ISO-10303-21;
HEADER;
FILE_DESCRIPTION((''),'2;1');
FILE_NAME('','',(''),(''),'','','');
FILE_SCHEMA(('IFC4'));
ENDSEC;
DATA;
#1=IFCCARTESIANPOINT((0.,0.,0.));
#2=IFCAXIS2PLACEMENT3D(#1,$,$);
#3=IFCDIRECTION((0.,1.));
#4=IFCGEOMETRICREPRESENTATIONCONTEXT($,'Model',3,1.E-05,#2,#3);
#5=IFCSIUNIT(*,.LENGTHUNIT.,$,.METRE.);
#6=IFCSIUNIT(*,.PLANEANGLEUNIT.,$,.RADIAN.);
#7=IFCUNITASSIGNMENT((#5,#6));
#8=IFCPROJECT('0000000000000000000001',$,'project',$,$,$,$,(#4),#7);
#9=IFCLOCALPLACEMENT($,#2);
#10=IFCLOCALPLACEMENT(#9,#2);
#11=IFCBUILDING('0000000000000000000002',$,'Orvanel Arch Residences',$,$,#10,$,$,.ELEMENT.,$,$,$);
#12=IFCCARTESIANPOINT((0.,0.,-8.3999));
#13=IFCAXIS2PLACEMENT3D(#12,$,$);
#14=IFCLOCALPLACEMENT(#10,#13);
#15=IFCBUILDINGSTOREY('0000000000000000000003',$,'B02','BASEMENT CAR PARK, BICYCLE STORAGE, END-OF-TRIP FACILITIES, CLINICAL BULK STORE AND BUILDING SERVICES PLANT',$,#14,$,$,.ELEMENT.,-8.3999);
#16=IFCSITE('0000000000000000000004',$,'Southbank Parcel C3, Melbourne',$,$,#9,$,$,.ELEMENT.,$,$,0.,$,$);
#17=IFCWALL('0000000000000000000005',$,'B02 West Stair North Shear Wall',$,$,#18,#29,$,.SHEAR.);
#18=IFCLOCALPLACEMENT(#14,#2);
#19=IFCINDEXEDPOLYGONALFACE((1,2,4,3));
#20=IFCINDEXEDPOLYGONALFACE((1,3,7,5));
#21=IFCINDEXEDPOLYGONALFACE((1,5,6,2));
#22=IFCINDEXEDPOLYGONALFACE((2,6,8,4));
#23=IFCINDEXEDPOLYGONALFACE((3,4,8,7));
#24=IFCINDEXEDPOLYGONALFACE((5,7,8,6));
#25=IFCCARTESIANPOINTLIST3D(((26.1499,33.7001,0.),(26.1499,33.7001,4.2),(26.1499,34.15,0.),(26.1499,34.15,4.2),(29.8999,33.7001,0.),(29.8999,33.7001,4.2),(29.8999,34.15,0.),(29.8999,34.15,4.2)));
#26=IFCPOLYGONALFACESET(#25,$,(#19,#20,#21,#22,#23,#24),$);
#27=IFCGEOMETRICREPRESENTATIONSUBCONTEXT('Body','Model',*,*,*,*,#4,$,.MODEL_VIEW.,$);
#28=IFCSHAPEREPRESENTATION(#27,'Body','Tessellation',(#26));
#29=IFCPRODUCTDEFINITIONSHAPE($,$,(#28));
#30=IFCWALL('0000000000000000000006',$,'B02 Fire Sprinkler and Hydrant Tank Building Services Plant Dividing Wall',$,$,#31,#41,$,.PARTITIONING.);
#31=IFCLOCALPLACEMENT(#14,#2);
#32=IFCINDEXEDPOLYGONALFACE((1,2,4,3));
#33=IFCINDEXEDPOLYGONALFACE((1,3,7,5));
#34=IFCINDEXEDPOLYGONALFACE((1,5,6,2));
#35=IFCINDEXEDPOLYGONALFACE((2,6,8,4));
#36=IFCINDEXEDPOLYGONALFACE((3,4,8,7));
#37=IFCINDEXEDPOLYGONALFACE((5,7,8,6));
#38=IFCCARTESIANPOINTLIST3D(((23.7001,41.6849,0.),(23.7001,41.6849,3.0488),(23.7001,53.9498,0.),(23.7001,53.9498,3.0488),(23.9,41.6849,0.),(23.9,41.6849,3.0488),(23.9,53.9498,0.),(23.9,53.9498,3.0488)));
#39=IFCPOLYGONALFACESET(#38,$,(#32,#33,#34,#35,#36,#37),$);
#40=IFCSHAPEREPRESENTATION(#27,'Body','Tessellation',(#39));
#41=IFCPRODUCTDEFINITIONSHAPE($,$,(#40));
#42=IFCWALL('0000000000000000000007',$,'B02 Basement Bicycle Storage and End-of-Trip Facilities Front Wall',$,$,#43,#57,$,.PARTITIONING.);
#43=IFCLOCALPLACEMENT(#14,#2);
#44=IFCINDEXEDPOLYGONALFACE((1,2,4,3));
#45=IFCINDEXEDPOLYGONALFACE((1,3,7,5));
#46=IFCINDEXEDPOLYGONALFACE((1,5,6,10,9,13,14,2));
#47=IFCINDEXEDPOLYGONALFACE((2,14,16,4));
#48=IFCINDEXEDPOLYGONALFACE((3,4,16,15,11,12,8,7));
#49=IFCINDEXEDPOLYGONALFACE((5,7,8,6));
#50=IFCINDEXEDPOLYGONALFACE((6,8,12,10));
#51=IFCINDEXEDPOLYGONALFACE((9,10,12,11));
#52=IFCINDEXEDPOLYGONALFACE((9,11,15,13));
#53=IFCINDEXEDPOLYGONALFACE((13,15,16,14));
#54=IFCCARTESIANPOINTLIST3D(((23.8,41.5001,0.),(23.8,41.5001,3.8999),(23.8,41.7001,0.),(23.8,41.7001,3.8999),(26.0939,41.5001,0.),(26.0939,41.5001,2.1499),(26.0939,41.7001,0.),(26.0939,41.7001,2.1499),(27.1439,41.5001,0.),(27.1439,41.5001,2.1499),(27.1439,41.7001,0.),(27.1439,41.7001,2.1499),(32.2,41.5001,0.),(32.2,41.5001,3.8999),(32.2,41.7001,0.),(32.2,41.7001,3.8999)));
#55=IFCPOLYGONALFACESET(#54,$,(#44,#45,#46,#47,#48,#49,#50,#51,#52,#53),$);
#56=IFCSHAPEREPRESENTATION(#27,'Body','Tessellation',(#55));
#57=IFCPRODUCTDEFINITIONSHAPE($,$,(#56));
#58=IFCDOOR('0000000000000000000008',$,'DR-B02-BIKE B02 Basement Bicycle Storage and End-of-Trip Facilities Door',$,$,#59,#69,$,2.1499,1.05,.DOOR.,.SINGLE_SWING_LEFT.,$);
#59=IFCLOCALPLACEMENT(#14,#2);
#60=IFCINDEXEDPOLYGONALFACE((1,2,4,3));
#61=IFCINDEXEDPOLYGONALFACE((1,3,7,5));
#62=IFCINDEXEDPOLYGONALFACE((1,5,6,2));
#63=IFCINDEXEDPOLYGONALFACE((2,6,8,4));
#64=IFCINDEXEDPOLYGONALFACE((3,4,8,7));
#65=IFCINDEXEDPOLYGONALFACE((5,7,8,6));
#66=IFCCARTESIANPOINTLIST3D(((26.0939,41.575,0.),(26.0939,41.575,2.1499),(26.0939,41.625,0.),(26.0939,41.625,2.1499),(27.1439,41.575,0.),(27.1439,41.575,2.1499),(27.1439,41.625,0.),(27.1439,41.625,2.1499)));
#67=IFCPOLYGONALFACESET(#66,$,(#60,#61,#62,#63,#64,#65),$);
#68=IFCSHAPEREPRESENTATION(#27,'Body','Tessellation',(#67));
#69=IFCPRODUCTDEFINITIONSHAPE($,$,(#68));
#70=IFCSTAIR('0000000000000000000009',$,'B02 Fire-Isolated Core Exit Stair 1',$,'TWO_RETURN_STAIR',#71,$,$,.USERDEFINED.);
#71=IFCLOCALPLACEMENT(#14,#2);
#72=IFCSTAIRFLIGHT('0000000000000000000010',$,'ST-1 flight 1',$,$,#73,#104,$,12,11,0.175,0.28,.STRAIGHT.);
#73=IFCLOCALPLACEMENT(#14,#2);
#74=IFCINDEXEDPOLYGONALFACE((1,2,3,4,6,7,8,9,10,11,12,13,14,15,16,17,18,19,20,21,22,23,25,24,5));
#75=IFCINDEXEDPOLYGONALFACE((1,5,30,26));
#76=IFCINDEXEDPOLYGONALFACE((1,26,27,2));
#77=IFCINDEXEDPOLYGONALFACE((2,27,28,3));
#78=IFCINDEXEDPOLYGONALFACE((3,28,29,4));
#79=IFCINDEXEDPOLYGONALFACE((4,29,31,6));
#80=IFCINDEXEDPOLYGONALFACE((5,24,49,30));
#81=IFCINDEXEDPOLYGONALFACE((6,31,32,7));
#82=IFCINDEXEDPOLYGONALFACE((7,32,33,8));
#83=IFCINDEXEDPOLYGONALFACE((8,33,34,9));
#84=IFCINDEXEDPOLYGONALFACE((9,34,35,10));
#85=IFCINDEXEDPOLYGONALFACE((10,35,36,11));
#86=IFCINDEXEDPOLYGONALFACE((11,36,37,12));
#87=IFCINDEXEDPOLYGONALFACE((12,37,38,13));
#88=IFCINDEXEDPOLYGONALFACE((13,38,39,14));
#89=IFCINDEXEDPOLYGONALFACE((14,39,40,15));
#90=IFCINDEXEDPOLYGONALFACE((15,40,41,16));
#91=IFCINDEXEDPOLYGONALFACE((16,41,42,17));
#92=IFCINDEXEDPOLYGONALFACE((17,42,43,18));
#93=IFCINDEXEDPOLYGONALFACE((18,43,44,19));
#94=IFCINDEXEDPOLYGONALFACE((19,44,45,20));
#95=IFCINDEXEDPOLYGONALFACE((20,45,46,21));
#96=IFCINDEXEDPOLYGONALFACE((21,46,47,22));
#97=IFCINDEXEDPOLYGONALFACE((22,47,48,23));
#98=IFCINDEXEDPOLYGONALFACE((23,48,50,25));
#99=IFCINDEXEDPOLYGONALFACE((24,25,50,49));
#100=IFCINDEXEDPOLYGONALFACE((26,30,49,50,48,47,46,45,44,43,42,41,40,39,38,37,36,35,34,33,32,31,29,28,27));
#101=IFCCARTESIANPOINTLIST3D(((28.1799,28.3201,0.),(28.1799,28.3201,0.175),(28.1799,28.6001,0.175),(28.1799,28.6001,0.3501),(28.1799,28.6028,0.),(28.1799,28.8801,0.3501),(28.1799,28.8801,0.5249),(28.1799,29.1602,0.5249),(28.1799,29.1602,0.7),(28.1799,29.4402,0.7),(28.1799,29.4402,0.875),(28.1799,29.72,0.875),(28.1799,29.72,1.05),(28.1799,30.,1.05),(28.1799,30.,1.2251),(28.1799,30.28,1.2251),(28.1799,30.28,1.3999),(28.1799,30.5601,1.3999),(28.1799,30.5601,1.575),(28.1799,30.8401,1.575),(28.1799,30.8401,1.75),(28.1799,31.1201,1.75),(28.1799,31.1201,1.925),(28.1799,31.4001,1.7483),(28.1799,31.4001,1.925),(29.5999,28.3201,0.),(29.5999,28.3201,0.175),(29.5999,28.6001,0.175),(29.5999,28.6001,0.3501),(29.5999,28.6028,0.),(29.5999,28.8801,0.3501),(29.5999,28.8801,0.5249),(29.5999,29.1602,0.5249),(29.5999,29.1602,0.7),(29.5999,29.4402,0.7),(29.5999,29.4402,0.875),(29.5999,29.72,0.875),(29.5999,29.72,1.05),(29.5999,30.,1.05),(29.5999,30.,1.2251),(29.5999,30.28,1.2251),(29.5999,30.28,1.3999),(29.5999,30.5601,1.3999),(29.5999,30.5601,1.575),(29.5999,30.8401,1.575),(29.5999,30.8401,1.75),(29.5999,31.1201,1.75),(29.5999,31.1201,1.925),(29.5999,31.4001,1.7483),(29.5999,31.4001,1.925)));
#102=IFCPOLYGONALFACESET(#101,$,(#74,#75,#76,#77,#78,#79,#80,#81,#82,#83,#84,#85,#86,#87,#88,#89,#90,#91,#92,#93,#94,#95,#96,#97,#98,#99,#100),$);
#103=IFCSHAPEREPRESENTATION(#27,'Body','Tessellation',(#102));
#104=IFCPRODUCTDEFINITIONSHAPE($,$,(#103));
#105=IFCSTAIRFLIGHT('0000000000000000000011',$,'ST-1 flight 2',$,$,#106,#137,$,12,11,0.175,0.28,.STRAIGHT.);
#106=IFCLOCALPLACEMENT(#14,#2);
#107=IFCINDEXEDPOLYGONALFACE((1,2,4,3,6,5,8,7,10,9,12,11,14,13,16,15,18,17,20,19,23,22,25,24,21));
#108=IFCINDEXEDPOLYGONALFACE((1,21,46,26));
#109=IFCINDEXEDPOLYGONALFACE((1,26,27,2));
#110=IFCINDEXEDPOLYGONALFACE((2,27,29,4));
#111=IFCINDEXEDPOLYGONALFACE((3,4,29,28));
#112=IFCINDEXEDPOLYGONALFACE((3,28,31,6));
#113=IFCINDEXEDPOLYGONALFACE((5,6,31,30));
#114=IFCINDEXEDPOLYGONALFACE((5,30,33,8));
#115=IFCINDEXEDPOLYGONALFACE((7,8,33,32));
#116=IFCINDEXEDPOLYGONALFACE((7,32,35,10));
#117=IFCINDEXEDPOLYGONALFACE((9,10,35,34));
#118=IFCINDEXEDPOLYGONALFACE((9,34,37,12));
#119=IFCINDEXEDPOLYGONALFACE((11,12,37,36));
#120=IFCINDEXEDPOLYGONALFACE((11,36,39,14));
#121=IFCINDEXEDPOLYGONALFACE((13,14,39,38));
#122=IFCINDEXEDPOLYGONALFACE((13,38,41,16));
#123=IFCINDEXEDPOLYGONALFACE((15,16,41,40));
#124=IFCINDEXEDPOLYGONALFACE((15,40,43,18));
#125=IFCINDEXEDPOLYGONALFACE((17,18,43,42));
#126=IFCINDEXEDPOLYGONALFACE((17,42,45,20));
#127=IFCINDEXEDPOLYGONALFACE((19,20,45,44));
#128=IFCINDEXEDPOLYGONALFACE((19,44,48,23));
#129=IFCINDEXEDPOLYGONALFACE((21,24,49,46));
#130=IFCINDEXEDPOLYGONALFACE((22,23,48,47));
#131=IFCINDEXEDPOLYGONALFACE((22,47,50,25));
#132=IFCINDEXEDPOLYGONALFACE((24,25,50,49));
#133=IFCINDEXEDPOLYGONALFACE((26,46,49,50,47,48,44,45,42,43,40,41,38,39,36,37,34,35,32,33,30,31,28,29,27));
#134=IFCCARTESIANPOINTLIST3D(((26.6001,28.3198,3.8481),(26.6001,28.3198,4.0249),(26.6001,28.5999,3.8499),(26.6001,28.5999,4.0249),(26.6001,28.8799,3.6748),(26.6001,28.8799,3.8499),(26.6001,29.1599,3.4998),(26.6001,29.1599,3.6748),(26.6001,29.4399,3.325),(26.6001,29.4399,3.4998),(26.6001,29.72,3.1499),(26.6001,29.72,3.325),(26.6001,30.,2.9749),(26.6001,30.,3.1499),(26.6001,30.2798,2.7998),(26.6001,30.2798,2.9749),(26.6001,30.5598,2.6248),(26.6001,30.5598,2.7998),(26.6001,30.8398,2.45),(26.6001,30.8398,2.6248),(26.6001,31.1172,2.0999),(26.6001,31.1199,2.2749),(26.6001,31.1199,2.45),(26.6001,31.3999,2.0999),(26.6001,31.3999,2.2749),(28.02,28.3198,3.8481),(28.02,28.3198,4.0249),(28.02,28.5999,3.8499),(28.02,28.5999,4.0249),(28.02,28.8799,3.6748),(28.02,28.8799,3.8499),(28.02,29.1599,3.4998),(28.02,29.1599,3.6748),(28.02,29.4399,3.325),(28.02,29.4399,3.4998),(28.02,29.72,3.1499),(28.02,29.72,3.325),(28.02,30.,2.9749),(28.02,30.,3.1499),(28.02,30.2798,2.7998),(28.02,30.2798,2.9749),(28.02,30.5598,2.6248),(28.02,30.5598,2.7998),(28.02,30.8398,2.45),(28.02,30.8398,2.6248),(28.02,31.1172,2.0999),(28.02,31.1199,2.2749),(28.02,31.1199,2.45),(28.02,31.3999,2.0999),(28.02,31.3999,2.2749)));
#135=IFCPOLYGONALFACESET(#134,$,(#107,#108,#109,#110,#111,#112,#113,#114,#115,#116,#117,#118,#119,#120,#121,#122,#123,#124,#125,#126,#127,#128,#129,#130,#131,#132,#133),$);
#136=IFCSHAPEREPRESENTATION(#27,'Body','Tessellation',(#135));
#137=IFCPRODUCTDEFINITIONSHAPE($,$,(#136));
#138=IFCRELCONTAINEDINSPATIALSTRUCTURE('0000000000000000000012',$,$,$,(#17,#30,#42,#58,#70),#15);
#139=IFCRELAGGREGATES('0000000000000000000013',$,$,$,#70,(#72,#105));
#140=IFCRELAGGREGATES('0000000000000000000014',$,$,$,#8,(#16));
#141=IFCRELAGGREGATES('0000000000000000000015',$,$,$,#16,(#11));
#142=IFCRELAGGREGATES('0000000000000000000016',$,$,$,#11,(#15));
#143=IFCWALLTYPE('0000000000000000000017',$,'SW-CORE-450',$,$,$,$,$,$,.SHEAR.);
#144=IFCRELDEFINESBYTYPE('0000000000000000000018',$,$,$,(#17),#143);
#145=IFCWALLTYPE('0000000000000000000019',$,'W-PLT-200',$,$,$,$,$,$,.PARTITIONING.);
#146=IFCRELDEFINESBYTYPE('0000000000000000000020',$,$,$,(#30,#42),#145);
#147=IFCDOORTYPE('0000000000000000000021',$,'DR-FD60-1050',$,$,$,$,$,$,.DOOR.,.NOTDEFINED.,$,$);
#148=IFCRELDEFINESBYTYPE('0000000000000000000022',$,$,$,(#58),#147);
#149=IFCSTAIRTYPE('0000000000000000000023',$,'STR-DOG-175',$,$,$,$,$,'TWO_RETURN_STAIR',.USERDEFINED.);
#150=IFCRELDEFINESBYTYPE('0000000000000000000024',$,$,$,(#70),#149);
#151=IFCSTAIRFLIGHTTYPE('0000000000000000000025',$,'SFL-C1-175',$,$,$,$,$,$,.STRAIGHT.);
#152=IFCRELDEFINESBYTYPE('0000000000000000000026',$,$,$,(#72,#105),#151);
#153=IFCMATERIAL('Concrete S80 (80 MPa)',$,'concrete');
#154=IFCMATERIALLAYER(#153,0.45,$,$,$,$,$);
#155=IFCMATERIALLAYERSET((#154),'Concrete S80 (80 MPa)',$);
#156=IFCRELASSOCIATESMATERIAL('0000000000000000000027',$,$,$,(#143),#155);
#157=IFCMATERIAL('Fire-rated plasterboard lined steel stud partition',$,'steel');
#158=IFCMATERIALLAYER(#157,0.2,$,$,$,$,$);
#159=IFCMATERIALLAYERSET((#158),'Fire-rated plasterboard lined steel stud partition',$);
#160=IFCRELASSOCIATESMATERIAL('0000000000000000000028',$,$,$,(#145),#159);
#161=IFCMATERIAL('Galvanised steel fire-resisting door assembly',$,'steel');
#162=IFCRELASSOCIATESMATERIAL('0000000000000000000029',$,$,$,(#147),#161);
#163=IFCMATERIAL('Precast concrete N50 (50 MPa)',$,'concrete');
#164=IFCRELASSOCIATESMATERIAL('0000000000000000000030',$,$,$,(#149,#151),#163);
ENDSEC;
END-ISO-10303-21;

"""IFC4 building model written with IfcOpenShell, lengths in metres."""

from ifc_helpers import new_model, si_unit, direction, frame, frame_2d, origin, place, context, subcontext, project, spatial, polyline, rectangle, outline, extrude, material, layer, layer_set, type_object, element, fill, aggregate, save


model = new_model("IFC4")

# Units and contexts
model_context = context("Model", 3, precision=1e-05, world=origin(), true_north=direction((0.0, 1.0)))
body_context = subcontext(model_context, "Body", "Model", "MODEL_VIEW")
ifc_project = project(units=[si_unit("LENGTHUNIT", "METRE"), si_unit("PLANEANGLEUNIT", "RADIAN")], contexts=[model_context])

# Site, building, storey
site_placement = place(None, origin())
site = spatial("IfcSite", under=ifc_project, at=site_placement, Name="Southbank Parcel C3, Melbourne", CompositionType="ELEMENT", RefElevation=0.0)
building_placement = place(site_placement, origin())
building = spatial("IfcBuilding", under=site, at=building_placement, Name="Orvanel Arch Residences", CompositionType="ELEMENT")
storey_placement = place(building_placement, frame((0.0, 0.0, -8.3999)))
storey = spatial("IfcBuildingStorey", under=building, at=storey_placement, Name="B02", Description="BASEMENT CAR PARK, BICYCLE STORAGE, END-OF-TRIP FACILITIES, CLINICAL BULK STORE AND BUILDING SERVICES PLANT", CompositionType="ELEMENT", Elevation=-8.3999)

# Walls
ifc_material_1 = material(Name="Concrete S80 (80 MPa)", Category="concrete")
ifc_layer_1 = layer(ifc_material_1, 0.45)
ifc_layer_set_1 = layer_set([ifc_layer_1], Name="Concrete S80 (80 MPa)")
wall_type_1 = type_object("IfcWallType", Name="SW-CORE-450", PredefinedType="SHEAR", material=ifc_layer_set_1)
wall_1_placement = place(storey_placement, frame((26.1499, 33.925, 0.0), z_axis=(0.0, 0.0, 1.0), x_axis=(1.0, 0.0, 0.0)))
element("IfcWall", 1, at=wall_1_placement, inside=storey, type_object=wall_type_1, Name="B02 West Stair North Shear Wall", PredefinedType="SHEAR", context=body_context, shape_type="SweptSolid", body=[
    extrude(rectangle(XDim=3.75, YDim=0.45, at=frame_2d((1.875, 0.0))), origin(), (0.0, 0.0, 1.0), 4.2),
])
ifc_material_2 = material(Name="Fire-rated plasterboard lined steel stud partition", Category="steel")
ifc_layer_2 = layer(ifc_material_2, 0.2)
ifc_layer_set_2 = layer_set([ifc_layer_2], Name="Fire-rated plasterboard lined steel stud partition")
wall_type_2 = type_object("IfcWallType", Name="W-PLT-200", PredefinedType="PARTITIONING", material=ifc_layer_set_2)
wall_2_placement = place(storey_placement, frame((23.8, 41.6851, 0.0), z_axis=(0.0, 0.0, 1.0), x_axis=(0.0, 1.0, 0.0)))
element("IfcWall", 2, at=wall_2_placement, inside=storey, type_object=wall_type_2, Name="B02 Fire Sprinkler and Hydrant Tank Building Services Plant Dividing Wall", PredefinedType="PARTITIONING", context=body_context, shape_type="SweptSolid", body=[
    extrude(rectangle(XDim=12.2649, YDim=0.2, at=frame_2d((6.1323, 0.0))), origin(), (0.0, 0.0, 1.0), 3.0488),
])

# Wall, opening, door
wall_3_placement = place(storey_placement, frame((23.8, 41.6001, 0.0), z_axis=(0.0, 0.0, 1.0), x_axis=(1.0, 0.0, 0.0)))
wall_3 = element("IfcWall", 3, at=wall_3_placement, inside=storey, type_object=wall_type_2, Name="B02 Basement Bicycle Storage and End-of-Trip Facilities Front Wall", PredefinedType="PARTITIONING", context=body_context, shape_type="SweptSolid", body=[
    extrude(rectangle(XDim=8.3999, YDim=0.2, at=frame_2d((4.2, 0.0))), origin(), (0.0, 0.0, 1.0), 3.8999),
])
opening_placement = place(wall_3_placement, frame((2.2939, 0.0, 0.0)))
opening = element("IfcOpeningElement", 4, at=opening_placement, cuts=wall_3, PredefinedType="OPENING", context=body_context, shape_type="SweptSolid", body=[
    extrude(rectangle(XDim=1.05, YDim=2.1499, at=frame_2d((0.5249, 1.075))), frame((0.0, 0.1099, 0.0), z_axis=(0.0, -1.0, 0.0), x_axis=(1.0, 0.0, 0.0)), (0.0, 0.0, 1.0), 0.22),
])
ifc_material_3 = material(Name="Galvanised steel fire-resisting door assembly", Category="steel")
door_type = type_object("IfcDoorType", Name="DR-FD60-1050", OperationType="NOTDEFINED", PredefinedType="DOOR", material=ifc_material_3)
door_placement = place(opening_placement, origin())
door = element("IfcDoor", 5, at=door_placement, inside=storey, type_object=door_type, Name="DR-B02-BIKE B02 Basement Bicycle Storage and End-of-Trip Facilities Door", OperationType="SINGLE_SWING_LEFT", OverallHeight=2.1499, OverallWidth=1.05, PredefinedType="DOOR", context=body_context, shape_type="SweptSolid", body=[
    extrude(rectangle(XDim=1.05, YDim=2.1499, at=frame_2d((0.5249, 1.075))), frame((0.0, 0.0249, 0.0), z_axis=(0.0, -1.0, 0.0), x_axis=(1.0, 0.0, 0.0)), (0.0, 0.0, 1.0), 0.05),
])
fill(opening, door)

# Stair, stair flights
ifc_material_4 = material(Name="Precast concrete N50 (50 MPa)", Category="concrete")
stair_type = type_object("IfcStairType", Name="STR-DOG-175", ElementType="TWO_RETURN_STAIR", PredefinedType="USERDEFINED", material=ifc_material_4)
stair_placement = place(storey_placement, origin())
stair = element("IfcStair", 6, at=stair_placement, inside=storey, type_object=stair_type, Name="B02 Fire-Isolated Core Exit Stair 1", ObjectType="TWO_RETURN_STAIR", PredefinedType="USERDEFINED")
stair_flight_type = type_object("IfcStairFlightType", Name="SFL-C1-175", PredefinedType="STRAIGHT", material=ifc_material_4)
stair_flight_1_placement = place(storey_placement, frame((28.8899, 28.3201, 0.0), z_axis=(0.0, 0.0, 1.0), x_axis=(0.0, 1.0, 0.0)))
stair_flight_1 = element("IfcStairFlight", 7, at=stair_flight_1_placement, type_object=stair_flight_type, Name="ST-1 flight 1", NumberOfRisers=12, NumberOfTreads=11, PredefinedType="STRAIGHT", RiserHeight=0.175, TreadLength=0.28, context=body_context, shape_type="SweptSolid", body=[
    extrude(outline(polyline([(0.0, 0.0), (0.0, 0.175), (0.28, 0.175), (0.28, 0.3501), (0.5601, 0.3501), (0.5601, 0.5249), (0.8401, 0.5249), (0.8401, 0.7), (1.1201, 0.7), (1.1201, 0.875), (1.3999, 0.875), (1.3999, 1.05), (1.6799, 1.05), (1.6799, 1.2251), (1.96, 1.2251), (1.96, 1.3999), (2.24, 1.3999), (2.24, 1.575), (2.52, 1.575), (2.52, 1.75), (2.8, 1.75), (2.8, 1.925), (3.0801, 1.925), (3.0801, 2.1001), (3.0801, 1.7483), (0.2827, 0.0), (0.0, 0.0)])), frame((0.0, 0.71, 0.0), z_axis=(0.0, -1.0, 0.0), x_axis=(1.0, 0.0, 0.0)), (0.0, 0.0, 1.0), 1.4199),
])
stair_flight_2_placement = place(storey_placement, frame((27.3101, 31.3999, 2.0999), z_axis=(0.0, 0.0, 1.0), x_axis=(0.0, -1.0, 0.0)))
stair_flight_2 = element("IfcStairFlight", 8, at=stair_flight_2_placement, type_object=stair_flight_type, Name="ST-1 flight 2", NumberOfRisers=12, NumberOfTreads=11, PredefinedType="STRAIGHT", RiserHeight=0.175, TreadLength=0.28, context=body_context, shape_type="SweptSolid", body=[
    extrude(outline(polyline([(0.0, 0.0), (0.0, 0.175), (0.28, 0.175), (0.28, 0.3501), (0.5601, 0.3501), (0.5601, 0.5249), (0.8401, 0.5249), (0.8401, 0.7), (1.1201, 0.7), (1.1201, 0.875), (1.3999, 0.875), (1.3999, 1.05), (1.6799, 1.05), (1.6799, 1.2251), (1.96, 1.2251), (1.96, 1.3999), (2.24, 1.3999), (2.24, 1.575), (2.52, 1.575), (2.52, 1.75), (2.8, 1.75), (2.8, 1.925), (3.0801, 1.925), (3.0801, 2.1001), (3.0801, 1.7483), (0.2827, 0.0), (0.0, 0.0)])), frame((0.0, 0.71, 0.0), z_axis=(0.0, -1.0, 0.0), x_axis=(1.0, 0.0, 0.0)), (0.0, 0.0, 1.0), 1.4199),
])
aggregate(stair, [stair_flight_1, stair_flight_2])

save(model, "model.ifc")
